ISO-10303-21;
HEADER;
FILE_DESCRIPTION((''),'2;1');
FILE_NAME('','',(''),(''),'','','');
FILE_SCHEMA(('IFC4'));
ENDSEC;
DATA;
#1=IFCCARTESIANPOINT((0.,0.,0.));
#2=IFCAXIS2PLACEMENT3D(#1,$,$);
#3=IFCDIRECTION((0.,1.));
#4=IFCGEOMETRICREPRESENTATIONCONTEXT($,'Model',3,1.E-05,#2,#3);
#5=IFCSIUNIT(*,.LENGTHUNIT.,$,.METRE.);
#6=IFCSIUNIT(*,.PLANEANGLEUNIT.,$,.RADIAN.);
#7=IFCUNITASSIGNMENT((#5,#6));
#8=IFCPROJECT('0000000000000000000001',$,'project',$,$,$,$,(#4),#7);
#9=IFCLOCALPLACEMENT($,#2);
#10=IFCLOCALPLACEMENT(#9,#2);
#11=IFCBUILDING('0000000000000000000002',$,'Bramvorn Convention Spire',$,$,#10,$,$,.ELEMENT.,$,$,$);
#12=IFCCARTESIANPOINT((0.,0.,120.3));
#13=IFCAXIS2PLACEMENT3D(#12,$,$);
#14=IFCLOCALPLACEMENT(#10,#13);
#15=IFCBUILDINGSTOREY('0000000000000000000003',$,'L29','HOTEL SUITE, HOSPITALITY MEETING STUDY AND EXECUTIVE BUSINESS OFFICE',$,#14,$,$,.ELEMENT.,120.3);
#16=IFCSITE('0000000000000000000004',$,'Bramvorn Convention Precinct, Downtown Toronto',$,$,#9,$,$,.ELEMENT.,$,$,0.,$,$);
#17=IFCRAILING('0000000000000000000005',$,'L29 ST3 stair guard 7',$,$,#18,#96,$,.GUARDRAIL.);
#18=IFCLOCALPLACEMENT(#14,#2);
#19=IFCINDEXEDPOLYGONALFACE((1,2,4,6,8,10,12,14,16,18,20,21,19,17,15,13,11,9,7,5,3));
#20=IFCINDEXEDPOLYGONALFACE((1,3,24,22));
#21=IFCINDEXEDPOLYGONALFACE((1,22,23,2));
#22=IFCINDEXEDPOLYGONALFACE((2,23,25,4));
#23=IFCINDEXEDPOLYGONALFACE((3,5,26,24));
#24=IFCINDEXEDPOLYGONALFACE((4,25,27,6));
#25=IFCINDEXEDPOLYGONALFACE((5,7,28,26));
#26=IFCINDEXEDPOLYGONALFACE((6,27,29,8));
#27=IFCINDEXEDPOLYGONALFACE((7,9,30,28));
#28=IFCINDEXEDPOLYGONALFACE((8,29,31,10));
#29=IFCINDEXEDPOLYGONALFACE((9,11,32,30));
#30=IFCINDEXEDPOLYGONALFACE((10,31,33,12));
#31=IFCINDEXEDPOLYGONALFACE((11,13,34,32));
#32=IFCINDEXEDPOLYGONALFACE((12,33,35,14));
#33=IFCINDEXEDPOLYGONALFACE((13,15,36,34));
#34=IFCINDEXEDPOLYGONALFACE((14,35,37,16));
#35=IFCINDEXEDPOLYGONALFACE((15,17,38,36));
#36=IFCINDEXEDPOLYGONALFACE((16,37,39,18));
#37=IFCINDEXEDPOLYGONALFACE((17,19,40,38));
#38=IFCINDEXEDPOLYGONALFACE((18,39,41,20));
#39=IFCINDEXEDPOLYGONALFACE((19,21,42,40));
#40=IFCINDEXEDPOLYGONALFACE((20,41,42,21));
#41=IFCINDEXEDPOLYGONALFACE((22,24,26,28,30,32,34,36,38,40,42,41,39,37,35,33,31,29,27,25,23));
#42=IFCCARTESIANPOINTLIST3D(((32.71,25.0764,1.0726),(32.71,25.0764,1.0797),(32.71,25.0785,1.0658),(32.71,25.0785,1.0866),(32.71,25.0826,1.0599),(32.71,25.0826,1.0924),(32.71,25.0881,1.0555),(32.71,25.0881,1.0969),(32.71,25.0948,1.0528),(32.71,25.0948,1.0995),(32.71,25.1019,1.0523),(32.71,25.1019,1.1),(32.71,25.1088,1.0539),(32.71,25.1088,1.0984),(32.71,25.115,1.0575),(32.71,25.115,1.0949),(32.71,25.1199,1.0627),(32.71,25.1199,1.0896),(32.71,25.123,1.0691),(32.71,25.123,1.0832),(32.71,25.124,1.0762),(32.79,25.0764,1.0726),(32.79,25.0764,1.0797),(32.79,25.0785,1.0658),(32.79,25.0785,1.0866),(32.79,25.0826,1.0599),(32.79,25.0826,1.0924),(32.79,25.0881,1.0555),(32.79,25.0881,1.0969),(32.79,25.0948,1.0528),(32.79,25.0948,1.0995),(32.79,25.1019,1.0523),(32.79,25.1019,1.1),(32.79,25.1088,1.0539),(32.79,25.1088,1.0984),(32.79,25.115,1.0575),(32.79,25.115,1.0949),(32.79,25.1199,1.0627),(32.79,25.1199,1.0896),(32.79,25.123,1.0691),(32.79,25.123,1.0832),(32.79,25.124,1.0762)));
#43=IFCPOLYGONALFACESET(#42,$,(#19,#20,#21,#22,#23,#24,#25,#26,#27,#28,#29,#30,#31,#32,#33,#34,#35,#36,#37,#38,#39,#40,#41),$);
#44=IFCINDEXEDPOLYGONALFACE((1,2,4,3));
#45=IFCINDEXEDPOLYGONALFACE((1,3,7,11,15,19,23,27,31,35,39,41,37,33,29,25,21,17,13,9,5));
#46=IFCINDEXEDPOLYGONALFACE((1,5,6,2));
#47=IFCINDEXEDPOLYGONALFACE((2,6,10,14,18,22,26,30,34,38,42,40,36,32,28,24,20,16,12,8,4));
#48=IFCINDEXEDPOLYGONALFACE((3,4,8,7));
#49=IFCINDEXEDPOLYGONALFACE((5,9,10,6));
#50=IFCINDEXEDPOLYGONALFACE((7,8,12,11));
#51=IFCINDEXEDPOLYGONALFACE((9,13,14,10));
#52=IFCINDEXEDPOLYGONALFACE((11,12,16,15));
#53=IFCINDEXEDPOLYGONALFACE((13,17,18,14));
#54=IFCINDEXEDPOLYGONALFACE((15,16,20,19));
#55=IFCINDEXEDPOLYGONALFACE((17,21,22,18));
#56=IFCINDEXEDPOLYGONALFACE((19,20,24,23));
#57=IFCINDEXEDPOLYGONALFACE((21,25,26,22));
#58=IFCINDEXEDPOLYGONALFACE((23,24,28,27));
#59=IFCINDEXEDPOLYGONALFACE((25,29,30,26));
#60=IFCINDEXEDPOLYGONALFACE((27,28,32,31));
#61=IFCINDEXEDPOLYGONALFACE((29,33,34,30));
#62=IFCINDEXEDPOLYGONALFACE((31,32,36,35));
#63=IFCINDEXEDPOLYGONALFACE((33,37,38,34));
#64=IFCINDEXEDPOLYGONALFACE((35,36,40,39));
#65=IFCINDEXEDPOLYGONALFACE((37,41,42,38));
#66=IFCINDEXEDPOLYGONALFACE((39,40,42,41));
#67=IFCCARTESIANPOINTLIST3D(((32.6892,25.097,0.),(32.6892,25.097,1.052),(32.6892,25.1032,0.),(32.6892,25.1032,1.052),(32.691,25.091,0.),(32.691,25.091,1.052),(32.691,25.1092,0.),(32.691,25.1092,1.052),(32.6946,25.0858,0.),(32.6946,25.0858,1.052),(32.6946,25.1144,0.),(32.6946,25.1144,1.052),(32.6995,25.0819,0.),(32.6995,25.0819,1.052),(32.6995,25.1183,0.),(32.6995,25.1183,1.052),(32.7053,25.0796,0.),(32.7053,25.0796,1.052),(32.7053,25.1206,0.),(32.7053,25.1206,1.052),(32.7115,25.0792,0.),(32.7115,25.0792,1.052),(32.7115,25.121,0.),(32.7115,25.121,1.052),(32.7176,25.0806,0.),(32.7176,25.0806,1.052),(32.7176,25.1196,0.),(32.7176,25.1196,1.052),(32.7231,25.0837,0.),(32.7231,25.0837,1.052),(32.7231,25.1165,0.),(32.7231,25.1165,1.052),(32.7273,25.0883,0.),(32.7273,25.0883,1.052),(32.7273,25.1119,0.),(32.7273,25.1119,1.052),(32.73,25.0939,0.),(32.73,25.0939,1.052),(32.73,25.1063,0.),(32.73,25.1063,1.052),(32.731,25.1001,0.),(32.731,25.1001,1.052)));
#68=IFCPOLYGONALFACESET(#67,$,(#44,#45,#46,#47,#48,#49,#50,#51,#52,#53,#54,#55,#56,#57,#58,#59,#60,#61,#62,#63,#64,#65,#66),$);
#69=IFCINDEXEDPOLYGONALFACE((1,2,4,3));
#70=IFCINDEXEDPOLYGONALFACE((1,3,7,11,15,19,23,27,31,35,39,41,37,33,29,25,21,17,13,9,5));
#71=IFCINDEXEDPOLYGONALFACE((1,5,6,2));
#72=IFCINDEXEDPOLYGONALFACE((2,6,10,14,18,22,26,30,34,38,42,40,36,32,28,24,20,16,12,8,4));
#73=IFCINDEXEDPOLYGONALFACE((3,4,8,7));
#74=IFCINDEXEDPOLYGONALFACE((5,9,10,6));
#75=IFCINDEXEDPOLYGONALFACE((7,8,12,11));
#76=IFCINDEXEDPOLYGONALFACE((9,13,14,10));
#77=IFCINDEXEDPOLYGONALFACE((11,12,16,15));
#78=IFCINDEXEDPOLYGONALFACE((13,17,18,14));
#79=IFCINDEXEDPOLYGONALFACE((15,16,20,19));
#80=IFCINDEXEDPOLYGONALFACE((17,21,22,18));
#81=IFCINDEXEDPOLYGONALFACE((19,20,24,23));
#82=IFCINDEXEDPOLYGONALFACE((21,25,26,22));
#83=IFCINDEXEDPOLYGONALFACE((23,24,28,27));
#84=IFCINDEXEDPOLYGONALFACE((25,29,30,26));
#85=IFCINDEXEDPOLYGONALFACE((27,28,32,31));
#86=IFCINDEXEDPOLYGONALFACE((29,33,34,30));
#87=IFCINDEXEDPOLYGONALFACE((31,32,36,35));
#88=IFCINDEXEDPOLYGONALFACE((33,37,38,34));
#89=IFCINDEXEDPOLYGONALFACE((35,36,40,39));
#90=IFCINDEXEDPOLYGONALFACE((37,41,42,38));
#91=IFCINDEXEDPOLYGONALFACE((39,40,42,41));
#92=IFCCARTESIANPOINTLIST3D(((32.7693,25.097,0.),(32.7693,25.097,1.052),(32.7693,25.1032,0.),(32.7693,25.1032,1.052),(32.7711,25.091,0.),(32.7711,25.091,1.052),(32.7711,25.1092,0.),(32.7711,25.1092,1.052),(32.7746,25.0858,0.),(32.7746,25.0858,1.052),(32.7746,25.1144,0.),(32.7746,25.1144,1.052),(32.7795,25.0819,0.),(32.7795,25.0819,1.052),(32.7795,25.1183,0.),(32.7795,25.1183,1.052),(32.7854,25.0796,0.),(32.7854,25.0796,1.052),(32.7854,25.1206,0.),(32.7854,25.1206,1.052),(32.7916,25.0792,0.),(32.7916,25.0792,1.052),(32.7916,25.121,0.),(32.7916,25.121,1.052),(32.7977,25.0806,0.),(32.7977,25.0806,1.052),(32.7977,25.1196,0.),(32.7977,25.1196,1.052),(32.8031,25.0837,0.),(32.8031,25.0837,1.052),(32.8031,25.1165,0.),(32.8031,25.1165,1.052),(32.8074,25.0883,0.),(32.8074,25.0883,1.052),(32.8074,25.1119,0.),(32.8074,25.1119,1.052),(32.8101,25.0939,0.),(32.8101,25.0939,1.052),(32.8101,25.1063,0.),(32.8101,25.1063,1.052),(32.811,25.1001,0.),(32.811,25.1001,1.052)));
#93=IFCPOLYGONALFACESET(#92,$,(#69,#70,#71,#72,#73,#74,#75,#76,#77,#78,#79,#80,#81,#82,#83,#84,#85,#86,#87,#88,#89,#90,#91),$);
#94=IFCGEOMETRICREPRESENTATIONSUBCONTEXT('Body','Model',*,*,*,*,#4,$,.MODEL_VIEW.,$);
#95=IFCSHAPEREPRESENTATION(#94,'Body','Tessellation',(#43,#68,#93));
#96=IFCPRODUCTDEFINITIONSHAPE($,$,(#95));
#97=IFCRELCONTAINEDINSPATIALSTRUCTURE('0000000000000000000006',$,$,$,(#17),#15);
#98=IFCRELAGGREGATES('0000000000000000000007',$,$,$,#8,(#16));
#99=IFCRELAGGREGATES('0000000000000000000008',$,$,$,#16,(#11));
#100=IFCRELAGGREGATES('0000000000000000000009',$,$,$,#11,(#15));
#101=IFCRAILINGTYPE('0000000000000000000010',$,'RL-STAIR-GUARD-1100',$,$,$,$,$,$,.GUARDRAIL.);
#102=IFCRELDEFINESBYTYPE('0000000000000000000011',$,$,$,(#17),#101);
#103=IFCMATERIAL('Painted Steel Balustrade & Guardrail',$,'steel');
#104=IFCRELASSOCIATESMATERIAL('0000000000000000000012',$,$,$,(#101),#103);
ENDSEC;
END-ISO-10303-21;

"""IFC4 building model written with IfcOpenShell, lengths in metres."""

from ifc_helpers import new_model, si_unit, direction, frame, origin, origin_2d, place, context, subcontext, project, spatial, circle, extrude, material, type_object, element, save


model = new_model("IFC4")

# Units and contexts
model_context = context("Model", 3, precision=1e-05, world=origin(), true_north=direction((0.0, 1.0)))
body_context = subcontext(model_context, "Body", "Model", "MODEL_VIEW")
ifc_project = project(units=[si_unit("LENGTHUNIT", "METRE"), si_unit("PLANEANGLEUNIT", "RADIAN")], contexts=[model_context])

# Site, building, storey
site_placement = place(None, origin())
site = spatial("IfcSite", under=ifc_project, at=site_placement, Name="Bramvorn Convention Precinct, Downtown Toronto", CompositionType="ELEMENT", RefElevation=0.0)
building_placement = place(site_placement, origin())
building = spatial("IfcBuilding", under=site, at=building_placement, Name="Bramvorn Convention Spire", CompositionType="ELEMENT")
storey_placement = place(building_placement, frame((0.0, 0.0, 120.3)))
storey = spatial("IfcBuildingStorey", under=building, at=storey_placement, Name="L29", Description="HOTEL SUITE, HOSPITALITY MEETING STUDY AND EXECUTIVE BUSINESS OFFICE", CompositionType="ELEMENT", Elevation=120.3)

# Railing
ifc_material_1 = material(Name="Painted Steel Balustrade & Guardrail", Category="steel")
railing_type_1 = type_object("IfcRailingType", Name="RL-STAIR-GUARD-1100", PredefinedType="GUARDRAIL", material=ifc_material_1)
railing_1_placement = place(storey_placement, frame((32.71, 25.1001, 0.0)))
element("IfcRailing", 1, at=railing_1_placement, inside=storey, type_object=railing_type_1, Name="L29 ST3 stair guard 7", PredefinedType="GUARDRAIL", context=body_context, shape_type="SweptSolid", body=[
    extrude(circle(Radius=0.0239, at=origin_2d()), frame((0.0, 0.0, 1.0762), z_axis=(1.0, 0.0, 0.0), x_axis=(0.0, 1.0, 0.0)), (0.0, 0.0, 1.0), 0.0801),
    extrude(circle(Radius=0.021, at=origin_2d()), origin(), (0.0, 0.0, 1.0), 1.052),
    extrude(circle(Radius=0.021, at=origin_2d()), frame((0.0801, 0.0, 0.0)), (0.0, 0.0, 1.0), 1.052),
])

save(model, "model.ifc")
